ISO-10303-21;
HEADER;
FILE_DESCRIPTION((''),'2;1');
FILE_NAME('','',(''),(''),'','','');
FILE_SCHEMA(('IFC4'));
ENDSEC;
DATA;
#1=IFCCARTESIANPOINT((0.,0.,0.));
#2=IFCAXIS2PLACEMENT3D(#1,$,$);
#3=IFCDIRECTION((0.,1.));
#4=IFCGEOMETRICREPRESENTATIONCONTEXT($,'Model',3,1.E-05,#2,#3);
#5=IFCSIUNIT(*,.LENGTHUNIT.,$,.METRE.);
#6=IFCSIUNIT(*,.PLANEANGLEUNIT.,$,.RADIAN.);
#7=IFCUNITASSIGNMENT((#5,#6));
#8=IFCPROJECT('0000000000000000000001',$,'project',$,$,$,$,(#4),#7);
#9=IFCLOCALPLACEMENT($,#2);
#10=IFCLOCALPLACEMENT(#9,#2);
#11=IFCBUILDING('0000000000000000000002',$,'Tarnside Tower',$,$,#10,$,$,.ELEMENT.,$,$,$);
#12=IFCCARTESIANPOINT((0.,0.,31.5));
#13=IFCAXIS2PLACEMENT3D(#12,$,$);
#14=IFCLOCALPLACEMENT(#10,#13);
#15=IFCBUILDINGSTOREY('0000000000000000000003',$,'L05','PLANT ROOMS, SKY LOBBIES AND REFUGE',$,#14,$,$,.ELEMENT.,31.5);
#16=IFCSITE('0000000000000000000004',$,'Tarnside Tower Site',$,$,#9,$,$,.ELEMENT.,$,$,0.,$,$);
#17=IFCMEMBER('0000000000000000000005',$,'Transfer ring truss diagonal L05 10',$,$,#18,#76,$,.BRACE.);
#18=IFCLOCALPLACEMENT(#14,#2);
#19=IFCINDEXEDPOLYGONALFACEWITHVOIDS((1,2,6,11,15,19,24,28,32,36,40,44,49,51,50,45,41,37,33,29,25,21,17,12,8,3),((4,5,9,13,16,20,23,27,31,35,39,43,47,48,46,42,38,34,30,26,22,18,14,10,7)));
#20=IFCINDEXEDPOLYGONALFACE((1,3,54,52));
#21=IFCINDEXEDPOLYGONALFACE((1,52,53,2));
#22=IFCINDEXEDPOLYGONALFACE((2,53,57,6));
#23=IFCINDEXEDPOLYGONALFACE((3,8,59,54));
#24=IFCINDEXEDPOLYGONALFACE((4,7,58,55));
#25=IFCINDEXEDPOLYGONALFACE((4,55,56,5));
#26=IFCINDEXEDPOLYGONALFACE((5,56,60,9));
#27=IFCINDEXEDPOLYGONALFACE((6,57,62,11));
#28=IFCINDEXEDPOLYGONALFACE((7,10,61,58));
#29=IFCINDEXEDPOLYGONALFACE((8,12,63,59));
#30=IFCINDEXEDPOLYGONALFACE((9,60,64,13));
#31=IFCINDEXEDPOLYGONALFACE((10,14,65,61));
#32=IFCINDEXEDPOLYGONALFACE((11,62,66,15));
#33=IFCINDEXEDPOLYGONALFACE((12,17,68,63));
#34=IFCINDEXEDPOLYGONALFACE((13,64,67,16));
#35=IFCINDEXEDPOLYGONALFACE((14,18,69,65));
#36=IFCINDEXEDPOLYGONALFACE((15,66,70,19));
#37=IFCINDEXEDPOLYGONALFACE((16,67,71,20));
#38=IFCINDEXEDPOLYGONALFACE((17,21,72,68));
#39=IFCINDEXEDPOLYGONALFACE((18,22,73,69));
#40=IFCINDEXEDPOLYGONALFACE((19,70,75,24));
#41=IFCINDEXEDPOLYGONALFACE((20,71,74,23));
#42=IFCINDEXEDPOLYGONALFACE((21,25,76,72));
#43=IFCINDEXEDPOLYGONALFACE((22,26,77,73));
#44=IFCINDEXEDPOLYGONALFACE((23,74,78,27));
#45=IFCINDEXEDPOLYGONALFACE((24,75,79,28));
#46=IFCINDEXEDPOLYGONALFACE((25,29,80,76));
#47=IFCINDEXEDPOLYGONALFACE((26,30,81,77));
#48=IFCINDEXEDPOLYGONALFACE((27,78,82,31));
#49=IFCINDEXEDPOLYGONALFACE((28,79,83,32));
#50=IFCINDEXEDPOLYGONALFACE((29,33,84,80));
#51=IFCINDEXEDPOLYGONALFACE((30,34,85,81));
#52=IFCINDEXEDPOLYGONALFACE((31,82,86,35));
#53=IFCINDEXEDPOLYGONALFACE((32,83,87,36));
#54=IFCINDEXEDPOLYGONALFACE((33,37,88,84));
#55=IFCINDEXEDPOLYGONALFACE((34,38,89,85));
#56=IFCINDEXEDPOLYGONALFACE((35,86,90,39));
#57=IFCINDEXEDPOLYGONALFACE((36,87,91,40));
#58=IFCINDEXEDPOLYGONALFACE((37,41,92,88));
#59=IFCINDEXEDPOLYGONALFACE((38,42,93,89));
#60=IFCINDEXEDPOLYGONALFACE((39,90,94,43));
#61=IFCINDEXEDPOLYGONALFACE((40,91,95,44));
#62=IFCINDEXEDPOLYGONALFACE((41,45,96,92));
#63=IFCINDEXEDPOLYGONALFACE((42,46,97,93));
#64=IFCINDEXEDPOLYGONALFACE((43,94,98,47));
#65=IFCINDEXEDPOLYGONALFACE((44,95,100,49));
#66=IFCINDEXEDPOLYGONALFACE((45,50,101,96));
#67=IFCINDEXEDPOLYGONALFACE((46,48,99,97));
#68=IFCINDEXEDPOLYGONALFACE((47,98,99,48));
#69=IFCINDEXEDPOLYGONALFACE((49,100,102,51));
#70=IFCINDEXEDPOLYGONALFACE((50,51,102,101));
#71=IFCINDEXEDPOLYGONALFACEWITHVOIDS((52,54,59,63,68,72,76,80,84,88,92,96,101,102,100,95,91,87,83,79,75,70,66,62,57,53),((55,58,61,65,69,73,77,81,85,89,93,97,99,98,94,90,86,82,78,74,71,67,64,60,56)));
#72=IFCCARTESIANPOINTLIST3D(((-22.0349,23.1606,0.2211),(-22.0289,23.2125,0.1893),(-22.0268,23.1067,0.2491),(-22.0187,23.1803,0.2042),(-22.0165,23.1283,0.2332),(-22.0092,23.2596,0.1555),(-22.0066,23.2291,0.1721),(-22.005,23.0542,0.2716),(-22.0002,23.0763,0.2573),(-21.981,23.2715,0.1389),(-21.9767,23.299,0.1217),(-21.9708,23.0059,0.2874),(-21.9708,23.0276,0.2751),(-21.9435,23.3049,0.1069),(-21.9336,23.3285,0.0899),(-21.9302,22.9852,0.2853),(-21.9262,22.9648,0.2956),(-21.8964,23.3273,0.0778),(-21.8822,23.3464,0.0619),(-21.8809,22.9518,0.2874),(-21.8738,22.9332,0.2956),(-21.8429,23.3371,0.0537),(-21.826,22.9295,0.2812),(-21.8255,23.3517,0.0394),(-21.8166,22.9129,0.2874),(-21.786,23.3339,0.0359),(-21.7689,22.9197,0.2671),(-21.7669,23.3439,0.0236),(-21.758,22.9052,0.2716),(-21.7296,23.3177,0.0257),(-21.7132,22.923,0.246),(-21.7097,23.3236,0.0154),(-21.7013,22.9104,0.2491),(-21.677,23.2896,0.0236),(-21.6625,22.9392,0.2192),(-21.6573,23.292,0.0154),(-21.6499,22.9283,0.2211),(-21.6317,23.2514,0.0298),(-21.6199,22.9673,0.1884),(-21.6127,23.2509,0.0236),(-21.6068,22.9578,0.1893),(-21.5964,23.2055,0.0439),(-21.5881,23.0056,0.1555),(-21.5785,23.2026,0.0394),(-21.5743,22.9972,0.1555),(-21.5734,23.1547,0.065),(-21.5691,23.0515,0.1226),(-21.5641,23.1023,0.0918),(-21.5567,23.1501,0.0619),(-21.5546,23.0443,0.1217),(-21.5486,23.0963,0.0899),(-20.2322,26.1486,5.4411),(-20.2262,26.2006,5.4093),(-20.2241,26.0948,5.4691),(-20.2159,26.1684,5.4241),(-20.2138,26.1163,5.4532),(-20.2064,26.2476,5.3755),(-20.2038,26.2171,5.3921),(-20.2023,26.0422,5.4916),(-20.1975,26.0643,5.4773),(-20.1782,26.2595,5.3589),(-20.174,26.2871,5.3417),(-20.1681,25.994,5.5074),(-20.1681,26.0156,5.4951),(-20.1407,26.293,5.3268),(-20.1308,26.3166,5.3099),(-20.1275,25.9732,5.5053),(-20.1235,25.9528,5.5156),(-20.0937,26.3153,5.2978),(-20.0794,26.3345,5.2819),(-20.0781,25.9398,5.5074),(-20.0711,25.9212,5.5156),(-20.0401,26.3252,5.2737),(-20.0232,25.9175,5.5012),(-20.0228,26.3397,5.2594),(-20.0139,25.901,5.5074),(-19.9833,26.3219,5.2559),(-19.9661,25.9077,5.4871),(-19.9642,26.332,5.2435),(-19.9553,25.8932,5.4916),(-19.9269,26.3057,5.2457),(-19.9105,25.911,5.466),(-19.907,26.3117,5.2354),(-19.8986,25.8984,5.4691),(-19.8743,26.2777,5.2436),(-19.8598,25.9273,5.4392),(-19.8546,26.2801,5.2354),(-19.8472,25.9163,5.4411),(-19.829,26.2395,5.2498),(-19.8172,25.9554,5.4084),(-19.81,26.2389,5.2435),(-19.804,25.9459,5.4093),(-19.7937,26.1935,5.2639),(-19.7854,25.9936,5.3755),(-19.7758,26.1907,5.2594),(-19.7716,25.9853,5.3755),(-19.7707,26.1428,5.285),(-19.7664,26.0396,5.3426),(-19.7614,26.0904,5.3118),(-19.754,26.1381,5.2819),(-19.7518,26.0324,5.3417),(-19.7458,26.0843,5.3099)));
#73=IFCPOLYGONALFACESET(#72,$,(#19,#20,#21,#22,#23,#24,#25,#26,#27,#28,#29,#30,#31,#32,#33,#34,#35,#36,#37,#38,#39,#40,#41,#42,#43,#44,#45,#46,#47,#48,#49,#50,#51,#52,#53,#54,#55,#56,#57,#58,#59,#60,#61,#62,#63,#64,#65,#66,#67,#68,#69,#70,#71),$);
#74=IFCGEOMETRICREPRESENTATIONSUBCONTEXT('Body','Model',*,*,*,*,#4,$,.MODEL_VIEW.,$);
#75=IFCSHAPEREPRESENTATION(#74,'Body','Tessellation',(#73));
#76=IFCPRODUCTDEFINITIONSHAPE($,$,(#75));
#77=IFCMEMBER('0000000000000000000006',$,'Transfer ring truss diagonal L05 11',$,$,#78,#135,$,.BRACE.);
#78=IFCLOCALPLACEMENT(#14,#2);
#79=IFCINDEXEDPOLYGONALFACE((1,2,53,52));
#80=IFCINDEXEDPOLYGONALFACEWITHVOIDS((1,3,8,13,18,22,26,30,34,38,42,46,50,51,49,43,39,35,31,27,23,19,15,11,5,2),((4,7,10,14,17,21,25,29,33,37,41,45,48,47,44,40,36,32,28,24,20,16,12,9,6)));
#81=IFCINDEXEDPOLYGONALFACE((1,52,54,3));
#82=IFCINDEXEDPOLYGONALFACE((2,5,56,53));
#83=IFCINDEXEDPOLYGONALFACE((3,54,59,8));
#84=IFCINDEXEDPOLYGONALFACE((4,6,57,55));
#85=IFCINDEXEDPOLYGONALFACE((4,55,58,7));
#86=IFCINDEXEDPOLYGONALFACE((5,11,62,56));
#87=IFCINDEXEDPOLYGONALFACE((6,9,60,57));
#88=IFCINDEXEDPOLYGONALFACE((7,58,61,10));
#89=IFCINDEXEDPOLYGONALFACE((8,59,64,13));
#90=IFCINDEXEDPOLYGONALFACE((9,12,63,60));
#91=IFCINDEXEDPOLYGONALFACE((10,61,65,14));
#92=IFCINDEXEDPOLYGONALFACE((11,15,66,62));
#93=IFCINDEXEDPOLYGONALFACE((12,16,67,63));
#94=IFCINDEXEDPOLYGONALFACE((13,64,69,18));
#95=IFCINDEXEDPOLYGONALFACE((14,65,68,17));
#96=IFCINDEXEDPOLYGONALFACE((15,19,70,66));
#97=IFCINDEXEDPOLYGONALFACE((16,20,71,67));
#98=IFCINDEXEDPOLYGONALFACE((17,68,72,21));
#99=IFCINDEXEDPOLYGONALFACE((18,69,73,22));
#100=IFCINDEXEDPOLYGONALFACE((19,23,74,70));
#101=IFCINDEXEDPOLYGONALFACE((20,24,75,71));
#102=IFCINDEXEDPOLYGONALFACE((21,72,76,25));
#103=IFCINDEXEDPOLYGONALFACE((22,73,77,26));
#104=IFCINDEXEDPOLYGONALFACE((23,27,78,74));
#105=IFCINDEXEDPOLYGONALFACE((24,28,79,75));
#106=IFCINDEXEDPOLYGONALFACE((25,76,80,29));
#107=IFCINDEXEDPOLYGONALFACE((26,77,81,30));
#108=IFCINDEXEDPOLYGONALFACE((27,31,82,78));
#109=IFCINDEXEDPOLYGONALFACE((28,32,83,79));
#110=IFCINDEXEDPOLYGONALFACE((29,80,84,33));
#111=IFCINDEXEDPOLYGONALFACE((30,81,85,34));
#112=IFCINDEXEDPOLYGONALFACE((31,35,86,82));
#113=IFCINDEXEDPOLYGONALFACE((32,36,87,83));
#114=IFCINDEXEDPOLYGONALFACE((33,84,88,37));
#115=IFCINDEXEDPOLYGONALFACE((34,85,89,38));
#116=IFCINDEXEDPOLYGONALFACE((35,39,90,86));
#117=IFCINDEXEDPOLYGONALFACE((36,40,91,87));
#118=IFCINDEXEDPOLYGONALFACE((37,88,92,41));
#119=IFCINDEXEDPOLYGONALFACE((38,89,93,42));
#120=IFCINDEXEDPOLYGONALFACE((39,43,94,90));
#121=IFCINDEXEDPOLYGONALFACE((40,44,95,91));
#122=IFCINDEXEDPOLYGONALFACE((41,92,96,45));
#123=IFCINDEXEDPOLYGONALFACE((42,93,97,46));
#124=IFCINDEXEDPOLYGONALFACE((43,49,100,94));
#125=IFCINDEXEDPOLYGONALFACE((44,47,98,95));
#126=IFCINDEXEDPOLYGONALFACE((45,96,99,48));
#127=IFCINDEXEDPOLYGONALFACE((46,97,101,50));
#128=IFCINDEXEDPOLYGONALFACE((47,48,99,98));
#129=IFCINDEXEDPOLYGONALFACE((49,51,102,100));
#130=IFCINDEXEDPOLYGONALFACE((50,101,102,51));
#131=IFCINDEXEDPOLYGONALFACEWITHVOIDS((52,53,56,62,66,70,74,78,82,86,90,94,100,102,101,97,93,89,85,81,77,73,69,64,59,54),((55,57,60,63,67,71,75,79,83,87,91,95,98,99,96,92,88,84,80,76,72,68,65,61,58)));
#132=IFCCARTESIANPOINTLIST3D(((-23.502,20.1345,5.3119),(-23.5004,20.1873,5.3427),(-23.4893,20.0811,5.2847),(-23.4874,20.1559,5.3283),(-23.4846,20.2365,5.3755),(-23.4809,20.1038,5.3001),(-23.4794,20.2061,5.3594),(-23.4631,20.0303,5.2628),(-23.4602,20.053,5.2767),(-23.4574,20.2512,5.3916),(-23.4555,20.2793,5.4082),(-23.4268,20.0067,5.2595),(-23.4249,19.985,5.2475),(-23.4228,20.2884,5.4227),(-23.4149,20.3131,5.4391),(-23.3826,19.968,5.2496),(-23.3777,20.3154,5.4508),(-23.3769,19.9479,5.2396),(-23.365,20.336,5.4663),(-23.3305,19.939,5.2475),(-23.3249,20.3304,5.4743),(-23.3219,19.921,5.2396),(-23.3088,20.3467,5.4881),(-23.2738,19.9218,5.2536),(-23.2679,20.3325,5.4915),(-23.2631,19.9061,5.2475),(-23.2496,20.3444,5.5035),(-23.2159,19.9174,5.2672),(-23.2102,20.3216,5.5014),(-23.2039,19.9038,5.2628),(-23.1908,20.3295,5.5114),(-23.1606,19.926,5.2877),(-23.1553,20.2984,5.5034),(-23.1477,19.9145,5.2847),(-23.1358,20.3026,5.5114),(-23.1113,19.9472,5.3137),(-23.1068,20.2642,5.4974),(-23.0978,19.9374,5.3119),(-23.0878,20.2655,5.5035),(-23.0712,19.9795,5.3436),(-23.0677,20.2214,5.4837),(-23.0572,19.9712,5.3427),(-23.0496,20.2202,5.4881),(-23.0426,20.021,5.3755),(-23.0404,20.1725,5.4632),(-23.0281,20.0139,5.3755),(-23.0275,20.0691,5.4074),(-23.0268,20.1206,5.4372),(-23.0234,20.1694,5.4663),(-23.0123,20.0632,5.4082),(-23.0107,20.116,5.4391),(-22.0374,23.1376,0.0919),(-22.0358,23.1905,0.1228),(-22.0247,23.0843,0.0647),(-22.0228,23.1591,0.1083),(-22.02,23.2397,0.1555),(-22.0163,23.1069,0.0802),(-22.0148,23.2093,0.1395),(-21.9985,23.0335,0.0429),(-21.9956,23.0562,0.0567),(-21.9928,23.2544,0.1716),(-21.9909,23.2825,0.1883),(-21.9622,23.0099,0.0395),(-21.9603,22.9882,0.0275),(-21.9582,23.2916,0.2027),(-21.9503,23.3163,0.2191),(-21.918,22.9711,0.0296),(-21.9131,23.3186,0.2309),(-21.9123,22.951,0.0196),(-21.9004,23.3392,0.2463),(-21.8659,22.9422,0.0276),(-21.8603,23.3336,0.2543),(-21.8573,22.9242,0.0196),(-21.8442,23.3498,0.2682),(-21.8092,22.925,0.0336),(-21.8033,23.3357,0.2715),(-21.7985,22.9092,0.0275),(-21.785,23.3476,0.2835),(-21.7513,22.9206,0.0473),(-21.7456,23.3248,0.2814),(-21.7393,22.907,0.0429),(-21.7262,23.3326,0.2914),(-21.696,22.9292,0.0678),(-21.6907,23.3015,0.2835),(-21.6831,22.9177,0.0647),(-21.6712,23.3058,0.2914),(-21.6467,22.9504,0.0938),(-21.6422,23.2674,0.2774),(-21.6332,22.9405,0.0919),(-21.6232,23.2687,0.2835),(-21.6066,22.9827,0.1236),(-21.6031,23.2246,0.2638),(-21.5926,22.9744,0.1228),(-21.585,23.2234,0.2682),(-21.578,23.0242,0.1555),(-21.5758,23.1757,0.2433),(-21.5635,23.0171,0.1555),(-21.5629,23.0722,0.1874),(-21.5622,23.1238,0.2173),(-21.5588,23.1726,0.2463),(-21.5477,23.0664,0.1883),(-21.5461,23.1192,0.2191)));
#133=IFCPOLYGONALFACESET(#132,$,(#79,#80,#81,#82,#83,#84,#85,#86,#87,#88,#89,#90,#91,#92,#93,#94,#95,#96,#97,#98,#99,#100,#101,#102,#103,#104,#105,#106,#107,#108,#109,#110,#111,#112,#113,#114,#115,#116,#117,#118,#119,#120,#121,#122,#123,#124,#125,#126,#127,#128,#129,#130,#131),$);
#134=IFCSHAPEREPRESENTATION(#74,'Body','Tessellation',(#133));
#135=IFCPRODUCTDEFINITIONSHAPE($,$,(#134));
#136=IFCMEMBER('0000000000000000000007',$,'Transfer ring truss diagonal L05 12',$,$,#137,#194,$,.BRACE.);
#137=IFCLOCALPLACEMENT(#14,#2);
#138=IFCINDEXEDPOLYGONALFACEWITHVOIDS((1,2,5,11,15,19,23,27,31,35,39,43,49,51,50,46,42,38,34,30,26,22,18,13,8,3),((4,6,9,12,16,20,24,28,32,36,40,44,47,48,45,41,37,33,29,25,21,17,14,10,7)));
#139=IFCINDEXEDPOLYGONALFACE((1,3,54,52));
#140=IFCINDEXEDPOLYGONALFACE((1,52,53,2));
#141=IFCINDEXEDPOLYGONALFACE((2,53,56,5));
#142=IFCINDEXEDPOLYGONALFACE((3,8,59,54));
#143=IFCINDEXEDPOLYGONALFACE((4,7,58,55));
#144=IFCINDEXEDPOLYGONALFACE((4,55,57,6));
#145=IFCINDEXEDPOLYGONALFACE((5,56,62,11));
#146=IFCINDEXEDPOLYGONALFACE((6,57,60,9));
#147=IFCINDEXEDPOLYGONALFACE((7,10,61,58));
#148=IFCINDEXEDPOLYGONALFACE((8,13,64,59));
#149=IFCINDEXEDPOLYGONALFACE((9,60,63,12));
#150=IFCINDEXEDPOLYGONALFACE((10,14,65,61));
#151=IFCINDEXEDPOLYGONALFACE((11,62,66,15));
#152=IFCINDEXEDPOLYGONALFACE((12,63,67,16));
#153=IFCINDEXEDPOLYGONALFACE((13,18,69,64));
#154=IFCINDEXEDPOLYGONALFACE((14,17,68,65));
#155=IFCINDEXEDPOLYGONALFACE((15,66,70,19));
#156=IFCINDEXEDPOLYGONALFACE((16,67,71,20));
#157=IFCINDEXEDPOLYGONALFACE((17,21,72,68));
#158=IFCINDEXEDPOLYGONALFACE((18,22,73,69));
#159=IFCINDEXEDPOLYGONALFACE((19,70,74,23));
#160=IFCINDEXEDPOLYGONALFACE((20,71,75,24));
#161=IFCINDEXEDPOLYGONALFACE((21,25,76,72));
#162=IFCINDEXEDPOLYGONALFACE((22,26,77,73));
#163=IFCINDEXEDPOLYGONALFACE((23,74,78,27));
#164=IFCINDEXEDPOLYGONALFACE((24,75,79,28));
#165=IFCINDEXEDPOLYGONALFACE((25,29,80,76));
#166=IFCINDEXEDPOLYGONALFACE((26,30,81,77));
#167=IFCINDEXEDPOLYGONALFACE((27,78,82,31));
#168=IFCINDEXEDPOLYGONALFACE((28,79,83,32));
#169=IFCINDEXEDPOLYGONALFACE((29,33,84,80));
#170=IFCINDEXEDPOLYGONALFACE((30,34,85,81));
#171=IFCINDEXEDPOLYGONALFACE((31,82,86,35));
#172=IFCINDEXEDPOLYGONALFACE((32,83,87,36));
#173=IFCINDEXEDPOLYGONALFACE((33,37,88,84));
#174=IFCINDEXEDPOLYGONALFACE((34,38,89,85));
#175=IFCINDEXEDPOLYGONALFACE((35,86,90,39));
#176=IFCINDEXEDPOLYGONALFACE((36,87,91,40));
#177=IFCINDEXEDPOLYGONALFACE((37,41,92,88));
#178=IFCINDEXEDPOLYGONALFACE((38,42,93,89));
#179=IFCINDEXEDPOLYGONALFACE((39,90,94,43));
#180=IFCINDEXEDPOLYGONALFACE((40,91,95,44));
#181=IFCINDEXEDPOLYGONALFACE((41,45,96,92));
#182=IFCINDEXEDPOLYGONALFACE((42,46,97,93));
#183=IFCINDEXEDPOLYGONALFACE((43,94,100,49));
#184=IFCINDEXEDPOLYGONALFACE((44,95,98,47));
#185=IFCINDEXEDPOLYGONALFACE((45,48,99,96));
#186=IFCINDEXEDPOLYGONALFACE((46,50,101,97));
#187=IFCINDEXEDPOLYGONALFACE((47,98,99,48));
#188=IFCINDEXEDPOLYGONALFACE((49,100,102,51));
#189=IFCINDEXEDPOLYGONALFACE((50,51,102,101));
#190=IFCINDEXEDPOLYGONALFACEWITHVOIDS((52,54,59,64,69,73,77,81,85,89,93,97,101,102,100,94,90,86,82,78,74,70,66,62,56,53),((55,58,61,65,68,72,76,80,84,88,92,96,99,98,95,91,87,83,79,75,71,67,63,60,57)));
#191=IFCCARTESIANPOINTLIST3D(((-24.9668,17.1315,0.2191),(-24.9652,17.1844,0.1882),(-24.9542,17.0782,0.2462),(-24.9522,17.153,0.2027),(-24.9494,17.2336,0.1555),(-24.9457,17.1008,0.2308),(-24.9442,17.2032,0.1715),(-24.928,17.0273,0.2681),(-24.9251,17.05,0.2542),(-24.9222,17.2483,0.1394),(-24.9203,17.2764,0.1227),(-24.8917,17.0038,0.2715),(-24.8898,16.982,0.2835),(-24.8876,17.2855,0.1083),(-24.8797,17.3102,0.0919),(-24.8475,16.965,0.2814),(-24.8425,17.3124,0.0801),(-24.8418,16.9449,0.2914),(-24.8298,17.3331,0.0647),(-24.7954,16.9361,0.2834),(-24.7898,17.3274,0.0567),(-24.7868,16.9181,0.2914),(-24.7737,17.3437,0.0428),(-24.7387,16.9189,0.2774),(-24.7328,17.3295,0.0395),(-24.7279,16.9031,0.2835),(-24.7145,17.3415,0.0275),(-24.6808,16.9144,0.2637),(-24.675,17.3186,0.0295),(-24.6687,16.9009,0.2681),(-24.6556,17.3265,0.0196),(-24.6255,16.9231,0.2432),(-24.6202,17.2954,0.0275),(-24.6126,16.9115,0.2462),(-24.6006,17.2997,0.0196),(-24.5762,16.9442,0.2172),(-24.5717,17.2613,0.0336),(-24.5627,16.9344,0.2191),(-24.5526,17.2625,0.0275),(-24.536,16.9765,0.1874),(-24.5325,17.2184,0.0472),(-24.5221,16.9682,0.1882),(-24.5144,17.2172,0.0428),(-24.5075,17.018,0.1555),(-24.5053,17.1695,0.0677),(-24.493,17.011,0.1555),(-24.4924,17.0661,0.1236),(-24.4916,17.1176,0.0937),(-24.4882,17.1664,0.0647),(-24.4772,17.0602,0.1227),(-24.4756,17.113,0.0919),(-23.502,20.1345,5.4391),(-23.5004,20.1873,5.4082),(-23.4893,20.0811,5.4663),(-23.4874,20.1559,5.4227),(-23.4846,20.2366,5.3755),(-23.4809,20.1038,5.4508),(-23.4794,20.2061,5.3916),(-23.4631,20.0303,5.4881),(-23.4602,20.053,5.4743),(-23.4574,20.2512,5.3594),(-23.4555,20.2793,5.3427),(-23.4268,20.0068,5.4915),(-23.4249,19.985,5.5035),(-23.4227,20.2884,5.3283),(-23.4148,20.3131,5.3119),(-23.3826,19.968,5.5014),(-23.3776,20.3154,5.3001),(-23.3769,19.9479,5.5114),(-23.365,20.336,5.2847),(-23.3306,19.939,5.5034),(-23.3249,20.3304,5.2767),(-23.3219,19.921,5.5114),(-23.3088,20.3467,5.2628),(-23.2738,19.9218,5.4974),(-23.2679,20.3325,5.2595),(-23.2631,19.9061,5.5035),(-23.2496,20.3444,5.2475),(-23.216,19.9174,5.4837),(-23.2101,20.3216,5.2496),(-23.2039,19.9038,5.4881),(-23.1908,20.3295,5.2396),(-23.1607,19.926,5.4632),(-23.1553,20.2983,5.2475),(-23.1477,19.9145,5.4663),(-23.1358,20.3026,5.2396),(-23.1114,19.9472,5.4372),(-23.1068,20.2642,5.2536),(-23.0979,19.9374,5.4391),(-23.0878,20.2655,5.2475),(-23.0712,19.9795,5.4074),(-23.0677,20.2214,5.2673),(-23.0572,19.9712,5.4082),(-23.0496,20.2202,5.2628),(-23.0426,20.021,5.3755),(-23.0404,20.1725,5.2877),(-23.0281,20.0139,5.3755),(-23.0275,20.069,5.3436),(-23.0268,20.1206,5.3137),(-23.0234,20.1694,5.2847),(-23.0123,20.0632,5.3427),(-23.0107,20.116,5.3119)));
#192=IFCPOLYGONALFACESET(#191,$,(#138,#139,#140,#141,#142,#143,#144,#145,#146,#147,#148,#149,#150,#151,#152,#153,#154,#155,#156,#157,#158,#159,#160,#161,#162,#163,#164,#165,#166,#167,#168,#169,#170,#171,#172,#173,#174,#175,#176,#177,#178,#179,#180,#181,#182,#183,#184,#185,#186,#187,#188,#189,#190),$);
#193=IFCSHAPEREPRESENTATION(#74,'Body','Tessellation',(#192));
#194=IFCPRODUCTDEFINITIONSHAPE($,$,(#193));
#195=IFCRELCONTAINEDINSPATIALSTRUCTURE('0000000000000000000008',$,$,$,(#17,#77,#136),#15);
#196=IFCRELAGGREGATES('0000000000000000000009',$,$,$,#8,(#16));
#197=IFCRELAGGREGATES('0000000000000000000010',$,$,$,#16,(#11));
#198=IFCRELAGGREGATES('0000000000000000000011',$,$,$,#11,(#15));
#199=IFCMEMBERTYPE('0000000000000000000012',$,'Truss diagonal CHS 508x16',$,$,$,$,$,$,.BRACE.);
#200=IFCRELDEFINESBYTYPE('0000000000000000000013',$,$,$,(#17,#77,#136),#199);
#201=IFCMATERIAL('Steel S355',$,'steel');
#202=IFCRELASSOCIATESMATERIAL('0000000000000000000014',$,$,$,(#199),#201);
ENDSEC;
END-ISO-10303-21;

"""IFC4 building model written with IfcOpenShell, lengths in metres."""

from ifc_helpers import new_model, si_unit, direction, frame, origin, origin_2d, place, context, subcontext, project, spatial, hollow_circle, extrude, material, material_profile, profile_set, type_object, element, save


model = new_model("IFC4")

# Units and contexts
model_context = context("Model", 3, precision=1e-05, world=origin(), true_north=direction((0.0, 1.0)))
body_context = subcontext(model_context, "Body", "Model", "MODEL_VIEW")
ifc_project = project(units=[si_unit("LENGTHUNIT", "METRE"), si_unit("PLANEANGLEUNIT", "RADIAN")], contexts=[model_context])

# Site, building, storey
site_placement = place(None, origin())
site = spatial("IfcSite", under=ifc_project, at=site_placement, Name="Tarnside Tower Site", CompositionType="ELEMENT", RefElevation=0.0)
building_placement = place(site_placement, origin())
building = spatial("IfcBuilding", under=site, at=building_placement, Name="Tarnside Tower", CompositionType="ELEMENT")
storey_placement = place(building_placement, frame((0.0, 0.0, 31.5)))
storey = spatial("IfcBuildingStorey", under=building, at=storey_placement, Name="L05", Description="PLANT ROOMS, SKY LOBBIES AND REFUGE", CompositionType="ELEMENT", Elevation=31.5)

# Shared definitions
ifc_material_1 = material(Name="Steel S355", Category="steel")

# Members
ifc_material_profile_1 = material_profile(ifc_material_1, hollow_circle(Radius=0.2539, WallThickness=0.0161, at=origin_2d()), Name="CHS 508x16")
ifc_profile_set_1 = profile_set([ifc_material_profile_1], Name="Steel S355")
member_type_1 = type_object("IfcMemberType", Name="Truss diagonal CHS 508x16", PredefinedType="BRACE", material=ifc_profile_set_1)
for number, where, z_axis, x_axis, name in (
    (1, (-19.989, 26.1165, 5.3755), (-0.287104, -0.475875, -0.831333), (0.856237, -0.516583, 0.0), "Transfer ring truss diagonal L05 10"),
):
    element("IfcMember", number, at=place(storey_placement, frame(where, z_axis=z_axis, x_axis=x_axis)), inside=storey, type_object=member_type_1, Name=name, PredefinedType="BRACE", context=body_context, shape_type="SweptSolid", body=[
        extrude(hollow_circle(Radius=0.2539, WallThickness=0.0161, at=origin_2d()), origin(), (0.0, 0.0, 1.0), 6.2791),
    ])
for number, where, z_axis, x_axis, name in (
    (2, (-21.7917, 23.1284, 0.1555), (-0.236311, -0.484558, 0.842235), (0.898811, -0.438336, 0.0), "Transfer ring truss diagonal L05 11"),
    (3, (-23.2563, 20.1252, 5.3755), (-0.236353, -0.484523, -0.842244), (0.898768, -0.438424, 0.0), "Transfer ring truss diagonal L05 12"),
):
    element("IfcMember", number, at=place(storey_placement, frame(where, z_axis=z_axis, x_axis=x_axis)), inside=storey, type_object=member_type_1, Name=name, PredefinedType="BRACE", context=body_context, shape_type="SweptSolid", body=[
        extrude(hollow_circle(Radius=0.2539, WallThickness=0.0161, at=origin_2d()), origin(), (0.0, 0.0, 1.0), 6.1978),
    ])

save(model, "model.ifc")
